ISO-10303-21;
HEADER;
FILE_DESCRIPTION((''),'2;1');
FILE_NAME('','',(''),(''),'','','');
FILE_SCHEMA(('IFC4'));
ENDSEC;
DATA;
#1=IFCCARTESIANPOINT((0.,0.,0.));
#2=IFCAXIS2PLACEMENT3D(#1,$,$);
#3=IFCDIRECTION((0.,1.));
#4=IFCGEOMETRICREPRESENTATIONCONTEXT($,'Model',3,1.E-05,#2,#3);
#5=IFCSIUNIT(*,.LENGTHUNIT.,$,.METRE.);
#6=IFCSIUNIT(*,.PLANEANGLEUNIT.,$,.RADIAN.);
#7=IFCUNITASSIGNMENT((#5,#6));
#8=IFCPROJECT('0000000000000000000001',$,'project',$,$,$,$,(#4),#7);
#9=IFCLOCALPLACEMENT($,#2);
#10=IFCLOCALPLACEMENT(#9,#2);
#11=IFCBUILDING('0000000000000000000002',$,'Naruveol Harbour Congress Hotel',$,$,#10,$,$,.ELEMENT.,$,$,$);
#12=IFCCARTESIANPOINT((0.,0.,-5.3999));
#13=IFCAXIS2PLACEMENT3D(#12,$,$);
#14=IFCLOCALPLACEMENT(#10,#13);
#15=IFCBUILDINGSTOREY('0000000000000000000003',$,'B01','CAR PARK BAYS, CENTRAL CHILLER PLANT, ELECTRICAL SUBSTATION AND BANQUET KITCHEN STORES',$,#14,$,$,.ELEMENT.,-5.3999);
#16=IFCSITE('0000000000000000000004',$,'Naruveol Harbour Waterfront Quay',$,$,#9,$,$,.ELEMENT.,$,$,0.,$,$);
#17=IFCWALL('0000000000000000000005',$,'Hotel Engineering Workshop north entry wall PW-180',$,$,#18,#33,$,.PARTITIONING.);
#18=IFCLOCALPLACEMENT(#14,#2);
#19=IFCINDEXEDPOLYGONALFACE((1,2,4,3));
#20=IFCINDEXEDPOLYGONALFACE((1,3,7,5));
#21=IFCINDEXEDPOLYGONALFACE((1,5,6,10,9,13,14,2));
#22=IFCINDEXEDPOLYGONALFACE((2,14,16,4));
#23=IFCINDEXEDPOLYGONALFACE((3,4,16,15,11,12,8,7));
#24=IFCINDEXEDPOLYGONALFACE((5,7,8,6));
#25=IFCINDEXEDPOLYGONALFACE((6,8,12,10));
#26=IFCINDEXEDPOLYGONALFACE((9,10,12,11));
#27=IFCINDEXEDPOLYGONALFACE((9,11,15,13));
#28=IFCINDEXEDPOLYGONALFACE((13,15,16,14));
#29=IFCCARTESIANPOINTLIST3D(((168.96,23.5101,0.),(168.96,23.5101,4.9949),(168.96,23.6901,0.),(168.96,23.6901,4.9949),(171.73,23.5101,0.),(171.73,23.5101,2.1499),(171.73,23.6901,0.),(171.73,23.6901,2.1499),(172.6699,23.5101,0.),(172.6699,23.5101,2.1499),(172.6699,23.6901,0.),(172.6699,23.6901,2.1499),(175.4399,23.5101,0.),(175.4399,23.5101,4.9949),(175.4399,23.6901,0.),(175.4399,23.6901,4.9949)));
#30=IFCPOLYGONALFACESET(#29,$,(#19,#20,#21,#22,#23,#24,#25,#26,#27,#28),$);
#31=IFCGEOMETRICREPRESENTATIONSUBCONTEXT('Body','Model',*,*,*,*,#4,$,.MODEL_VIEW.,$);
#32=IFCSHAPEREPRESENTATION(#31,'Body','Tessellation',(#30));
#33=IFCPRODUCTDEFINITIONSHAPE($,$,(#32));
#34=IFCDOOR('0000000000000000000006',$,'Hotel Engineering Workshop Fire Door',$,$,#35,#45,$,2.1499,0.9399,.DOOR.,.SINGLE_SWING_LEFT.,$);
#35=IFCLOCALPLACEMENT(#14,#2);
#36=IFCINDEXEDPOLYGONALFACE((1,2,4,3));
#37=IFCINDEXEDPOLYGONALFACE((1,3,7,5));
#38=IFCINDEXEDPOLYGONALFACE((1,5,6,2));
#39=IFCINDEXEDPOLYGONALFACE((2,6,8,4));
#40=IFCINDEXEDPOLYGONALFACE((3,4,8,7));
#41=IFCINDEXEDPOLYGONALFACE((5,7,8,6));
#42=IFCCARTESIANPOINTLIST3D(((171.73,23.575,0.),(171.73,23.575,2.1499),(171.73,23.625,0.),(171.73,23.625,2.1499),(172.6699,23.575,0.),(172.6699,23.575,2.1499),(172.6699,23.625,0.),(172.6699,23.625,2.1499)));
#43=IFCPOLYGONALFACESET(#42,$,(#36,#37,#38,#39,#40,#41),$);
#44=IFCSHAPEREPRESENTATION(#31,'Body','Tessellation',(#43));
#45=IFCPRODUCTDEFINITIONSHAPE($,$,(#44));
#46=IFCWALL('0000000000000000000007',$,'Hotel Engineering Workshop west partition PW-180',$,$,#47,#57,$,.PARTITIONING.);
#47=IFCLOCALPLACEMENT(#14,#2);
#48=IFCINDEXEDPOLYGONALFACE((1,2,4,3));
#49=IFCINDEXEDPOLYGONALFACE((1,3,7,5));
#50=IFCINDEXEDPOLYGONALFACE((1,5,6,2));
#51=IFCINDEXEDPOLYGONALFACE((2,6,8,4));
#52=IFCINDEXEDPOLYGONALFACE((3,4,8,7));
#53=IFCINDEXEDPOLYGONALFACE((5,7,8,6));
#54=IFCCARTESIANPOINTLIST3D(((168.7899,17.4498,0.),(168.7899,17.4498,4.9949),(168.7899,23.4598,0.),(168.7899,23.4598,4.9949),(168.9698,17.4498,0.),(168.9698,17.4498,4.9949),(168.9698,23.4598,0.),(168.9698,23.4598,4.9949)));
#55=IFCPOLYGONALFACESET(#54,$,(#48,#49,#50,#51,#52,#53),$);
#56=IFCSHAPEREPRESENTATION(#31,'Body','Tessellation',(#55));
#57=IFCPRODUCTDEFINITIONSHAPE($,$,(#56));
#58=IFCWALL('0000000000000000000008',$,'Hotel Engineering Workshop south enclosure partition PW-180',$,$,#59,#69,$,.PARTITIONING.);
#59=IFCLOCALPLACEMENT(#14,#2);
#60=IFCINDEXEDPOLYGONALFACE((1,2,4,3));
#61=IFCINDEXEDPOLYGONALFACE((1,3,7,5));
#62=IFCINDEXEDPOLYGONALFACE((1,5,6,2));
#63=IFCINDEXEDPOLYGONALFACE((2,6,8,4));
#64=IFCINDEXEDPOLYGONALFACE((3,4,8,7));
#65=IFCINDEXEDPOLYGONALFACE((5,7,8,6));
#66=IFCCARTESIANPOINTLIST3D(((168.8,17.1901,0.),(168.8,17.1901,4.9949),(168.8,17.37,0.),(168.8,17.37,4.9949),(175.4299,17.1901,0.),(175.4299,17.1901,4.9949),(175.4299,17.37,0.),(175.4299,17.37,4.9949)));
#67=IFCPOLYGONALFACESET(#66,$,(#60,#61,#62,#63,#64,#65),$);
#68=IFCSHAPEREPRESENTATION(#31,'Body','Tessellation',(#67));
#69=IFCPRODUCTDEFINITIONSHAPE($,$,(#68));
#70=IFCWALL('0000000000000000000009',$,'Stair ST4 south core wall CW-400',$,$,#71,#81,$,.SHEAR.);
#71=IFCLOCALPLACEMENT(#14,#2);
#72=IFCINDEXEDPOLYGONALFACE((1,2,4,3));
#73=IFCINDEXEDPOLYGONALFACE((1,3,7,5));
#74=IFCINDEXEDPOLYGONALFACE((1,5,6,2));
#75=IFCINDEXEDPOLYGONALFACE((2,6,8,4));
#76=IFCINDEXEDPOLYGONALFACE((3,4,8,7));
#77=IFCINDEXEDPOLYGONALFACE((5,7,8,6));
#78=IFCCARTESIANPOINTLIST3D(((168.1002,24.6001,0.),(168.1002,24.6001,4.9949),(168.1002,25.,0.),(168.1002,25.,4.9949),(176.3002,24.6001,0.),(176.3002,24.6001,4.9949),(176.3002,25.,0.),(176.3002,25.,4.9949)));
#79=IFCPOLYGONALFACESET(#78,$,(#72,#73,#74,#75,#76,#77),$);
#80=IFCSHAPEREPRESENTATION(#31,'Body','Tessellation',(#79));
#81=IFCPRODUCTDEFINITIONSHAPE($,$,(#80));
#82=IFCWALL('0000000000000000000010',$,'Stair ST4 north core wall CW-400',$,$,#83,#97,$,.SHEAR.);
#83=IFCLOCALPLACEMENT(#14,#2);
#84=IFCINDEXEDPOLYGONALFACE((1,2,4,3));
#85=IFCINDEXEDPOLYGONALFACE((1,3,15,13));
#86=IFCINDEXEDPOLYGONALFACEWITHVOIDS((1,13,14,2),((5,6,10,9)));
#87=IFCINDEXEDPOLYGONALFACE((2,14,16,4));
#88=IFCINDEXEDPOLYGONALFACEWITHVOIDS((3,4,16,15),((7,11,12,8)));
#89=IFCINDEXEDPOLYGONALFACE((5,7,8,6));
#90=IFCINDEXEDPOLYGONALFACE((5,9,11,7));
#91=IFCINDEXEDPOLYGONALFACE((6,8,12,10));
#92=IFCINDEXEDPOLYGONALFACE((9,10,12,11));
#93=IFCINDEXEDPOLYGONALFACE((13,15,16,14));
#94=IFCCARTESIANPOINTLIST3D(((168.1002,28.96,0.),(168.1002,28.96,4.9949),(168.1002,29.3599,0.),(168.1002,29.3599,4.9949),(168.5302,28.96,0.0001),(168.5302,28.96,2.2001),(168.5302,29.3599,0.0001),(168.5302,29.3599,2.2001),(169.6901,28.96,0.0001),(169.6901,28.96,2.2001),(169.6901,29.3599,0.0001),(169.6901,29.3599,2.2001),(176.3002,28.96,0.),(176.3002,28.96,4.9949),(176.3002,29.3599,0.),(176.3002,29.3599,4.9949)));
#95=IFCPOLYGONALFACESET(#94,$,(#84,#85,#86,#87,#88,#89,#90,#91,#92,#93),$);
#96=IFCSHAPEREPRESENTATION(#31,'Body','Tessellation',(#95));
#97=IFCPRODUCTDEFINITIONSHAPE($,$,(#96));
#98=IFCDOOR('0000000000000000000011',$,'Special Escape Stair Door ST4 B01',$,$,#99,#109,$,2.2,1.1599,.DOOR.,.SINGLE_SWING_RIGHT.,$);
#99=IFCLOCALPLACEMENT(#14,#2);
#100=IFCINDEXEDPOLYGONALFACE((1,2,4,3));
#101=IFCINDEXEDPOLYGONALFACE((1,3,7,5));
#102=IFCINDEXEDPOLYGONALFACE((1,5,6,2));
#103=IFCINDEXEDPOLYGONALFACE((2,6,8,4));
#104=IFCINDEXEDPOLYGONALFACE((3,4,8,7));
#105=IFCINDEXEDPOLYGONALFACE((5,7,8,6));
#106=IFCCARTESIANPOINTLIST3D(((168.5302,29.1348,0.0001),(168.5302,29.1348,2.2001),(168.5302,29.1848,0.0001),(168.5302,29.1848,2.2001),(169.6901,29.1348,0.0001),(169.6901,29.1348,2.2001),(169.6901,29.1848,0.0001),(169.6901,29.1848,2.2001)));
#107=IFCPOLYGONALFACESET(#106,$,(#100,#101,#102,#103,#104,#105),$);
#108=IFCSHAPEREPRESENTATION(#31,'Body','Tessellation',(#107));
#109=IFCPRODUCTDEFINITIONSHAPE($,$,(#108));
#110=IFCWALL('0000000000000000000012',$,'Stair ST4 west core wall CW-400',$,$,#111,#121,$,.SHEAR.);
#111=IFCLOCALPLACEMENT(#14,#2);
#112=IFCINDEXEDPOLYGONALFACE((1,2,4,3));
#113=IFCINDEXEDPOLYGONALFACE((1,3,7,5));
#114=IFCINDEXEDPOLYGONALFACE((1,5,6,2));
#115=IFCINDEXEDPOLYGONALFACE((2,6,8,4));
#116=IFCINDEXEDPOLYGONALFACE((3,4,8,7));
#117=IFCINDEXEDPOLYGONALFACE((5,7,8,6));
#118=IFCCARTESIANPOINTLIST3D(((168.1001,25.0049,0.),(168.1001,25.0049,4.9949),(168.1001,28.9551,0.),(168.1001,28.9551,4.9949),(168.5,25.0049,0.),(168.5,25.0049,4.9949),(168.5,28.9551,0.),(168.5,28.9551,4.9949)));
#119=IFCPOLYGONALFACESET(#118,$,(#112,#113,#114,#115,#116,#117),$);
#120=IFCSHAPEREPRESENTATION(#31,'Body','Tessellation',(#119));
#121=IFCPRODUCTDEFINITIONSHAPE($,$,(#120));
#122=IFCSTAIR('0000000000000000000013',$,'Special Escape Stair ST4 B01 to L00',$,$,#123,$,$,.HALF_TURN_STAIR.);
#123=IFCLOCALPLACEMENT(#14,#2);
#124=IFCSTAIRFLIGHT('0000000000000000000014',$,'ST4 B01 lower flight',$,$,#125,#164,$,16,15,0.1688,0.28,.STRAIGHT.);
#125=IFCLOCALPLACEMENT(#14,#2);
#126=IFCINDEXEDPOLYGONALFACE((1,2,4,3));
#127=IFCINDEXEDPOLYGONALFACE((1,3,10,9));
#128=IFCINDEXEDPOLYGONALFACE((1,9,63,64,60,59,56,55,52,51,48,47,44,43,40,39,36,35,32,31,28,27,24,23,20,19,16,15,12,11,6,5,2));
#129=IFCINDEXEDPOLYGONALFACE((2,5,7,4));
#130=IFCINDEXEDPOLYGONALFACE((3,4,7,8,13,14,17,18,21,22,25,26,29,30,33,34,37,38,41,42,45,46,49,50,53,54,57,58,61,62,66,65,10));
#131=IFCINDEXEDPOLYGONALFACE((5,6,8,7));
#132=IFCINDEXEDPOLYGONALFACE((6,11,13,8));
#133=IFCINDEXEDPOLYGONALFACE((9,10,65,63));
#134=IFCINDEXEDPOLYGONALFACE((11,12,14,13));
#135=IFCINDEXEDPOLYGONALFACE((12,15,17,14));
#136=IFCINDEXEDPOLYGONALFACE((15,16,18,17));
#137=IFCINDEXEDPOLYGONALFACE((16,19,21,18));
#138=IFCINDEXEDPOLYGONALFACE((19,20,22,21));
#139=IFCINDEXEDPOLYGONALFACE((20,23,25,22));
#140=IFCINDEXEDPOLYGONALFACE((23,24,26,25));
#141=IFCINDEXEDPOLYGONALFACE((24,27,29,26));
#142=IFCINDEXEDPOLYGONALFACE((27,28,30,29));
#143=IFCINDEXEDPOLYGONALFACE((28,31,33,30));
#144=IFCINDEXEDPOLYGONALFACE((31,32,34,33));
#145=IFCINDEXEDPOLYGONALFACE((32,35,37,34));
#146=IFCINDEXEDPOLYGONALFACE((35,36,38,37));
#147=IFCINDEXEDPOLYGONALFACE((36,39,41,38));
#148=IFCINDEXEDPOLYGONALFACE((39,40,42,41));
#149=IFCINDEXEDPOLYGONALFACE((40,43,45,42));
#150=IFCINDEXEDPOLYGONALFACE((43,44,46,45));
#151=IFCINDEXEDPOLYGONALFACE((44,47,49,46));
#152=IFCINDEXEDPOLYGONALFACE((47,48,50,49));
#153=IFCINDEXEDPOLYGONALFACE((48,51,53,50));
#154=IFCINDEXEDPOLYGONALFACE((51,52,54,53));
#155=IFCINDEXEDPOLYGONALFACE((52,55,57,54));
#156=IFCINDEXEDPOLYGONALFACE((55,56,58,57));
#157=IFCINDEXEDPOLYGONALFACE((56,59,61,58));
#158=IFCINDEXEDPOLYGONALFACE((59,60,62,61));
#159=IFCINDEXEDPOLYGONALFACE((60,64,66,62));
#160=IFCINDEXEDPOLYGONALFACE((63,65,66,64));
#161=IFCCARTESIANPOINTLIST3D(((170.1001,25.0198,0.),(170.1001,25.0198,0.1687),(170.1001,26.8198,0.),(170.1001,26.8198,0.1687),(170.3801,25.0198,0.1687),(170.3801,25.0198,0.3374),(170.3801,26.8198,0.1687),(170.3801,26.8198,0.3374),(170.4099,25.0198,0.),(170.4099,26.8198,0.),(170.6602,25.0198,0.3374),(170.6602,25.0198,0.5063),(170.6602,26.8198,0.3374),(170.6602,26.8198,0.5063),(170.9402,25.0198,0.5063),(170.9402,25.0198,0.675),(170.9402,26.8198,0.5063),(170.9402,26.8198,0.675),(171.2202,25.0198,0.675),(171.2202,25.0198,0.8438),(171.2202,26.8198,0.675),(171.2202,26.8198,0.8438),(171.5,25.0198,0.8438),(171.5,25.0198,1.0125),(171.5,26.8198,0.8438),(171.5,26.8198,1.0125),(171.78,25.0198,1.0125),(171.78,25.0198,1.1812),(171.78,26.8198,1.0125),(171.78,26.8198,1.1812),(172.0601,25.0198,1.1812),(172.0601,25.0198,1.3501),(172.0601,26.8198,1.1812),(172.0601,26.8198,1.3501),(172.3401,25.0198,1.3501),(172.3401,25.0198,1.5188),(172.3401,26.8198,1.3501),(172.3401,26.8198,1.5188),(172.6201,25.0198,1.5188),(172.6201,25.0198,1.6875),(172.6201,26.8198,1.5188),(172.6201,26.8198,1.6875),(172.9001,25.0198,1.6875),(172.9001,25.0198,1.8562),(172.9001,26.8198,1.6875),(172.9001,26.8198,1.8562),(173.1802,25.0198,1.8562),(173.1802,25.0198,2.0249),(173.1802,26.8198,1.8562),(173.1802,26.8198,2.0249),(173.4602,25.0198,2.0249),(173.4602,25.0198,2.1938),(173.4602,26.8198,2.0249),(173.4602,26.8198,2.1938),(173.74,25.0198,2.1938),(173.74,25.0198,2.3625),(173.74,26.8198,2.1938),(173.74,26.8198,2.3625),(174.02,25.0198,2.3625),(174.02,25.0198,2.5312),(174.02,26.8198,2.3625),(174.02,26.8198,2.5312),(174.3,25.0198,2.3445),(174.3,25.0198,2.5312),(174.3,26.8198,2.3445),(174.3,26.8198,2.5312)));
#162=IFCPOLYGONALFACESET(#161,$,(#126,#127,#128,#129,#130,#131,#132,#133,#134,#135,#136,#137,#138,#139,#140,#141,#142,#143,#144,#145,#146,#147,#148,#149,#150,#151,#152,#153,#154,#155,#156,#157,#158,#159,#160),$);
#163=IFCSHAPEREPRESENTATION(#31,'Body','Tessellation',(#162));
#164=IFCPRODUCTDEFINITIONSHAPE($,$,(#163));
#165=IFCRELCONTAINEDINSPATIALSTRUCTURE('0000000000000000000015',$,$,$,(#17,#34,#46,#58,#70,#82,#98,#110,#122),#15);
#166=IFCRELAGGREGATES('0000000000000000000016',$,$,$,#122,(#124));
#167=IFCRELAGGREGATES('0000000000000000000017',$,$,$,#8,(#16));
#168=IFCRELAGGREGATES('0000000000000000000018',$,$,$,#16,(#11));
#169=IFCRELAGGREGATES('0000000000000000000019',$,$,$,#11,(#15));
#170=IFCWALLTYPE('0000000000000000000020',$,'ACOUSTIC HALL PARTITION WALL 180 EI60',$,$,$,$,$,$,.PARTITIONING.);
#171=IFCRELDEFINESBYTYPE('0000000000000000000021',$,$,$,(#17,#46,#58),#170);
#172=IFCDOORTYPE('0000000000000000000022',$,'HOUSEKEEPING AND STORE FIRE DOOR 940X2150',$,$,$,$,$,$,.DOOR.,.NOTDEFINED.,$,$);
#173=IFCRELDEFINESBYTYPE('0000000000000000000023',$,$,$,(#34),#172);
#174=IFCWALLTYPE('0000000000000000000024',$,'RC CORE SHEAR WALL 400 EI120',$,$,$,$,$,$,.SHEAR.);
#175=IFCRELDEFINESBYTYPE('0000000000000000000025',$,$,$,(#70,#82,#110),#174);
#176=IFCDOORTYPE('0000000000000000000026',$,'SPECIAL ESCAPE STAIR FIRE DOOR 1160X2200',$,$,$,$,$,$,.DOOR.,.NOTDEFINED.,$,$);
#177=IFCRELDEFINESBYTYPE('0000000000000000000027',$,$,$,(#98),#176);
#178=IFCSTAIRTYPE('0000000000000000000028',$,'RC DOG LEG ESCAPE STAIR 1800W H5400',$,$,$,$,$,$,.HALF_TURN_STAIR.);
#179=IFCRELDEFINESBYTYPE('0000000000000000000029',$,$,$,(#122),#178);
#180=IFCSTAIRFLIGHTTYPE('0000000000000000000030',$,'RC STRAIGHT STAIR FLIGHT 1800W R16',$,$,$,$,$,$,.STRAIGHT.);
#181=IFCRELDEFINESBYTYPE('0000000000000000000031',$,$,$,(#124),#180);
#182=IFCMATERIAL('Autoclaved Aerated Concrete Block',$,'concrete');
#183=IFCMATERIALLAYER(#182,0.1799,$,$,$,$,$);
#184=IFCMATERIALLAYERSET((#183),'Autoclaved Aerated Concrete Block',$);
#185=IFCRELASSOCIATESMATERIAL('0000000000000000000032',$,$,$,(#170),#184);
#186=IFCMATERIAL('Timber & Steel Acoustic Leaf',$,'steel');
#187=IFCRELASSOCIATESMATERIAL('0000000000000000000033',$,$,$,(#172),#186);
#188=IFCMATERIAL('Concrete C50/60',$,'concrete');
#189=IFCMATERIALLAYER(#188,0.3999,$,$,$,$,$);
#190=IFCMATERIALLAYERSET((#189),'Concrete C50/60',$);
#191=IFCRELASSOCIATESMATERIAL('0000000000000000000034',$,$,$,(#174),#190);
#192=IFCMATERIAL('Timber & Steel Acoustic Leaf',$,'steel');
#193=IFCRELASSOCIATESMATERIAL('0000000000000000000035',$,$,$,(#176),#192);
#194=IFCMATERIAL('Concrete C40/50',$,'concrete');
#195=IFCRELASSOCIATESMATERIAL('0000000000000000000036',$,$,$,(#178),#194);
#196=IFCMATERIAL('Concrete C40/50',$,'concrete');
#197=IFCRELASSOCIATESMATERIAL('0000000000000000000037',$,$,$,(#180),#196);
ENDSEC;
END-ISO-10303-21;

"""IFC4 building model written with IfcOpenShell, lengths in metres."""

from ifc_helpers import new_model, si_unit, direction, frame, frame_2d, origin, place, context, subcontext, project, spatial, polyline, rectangle, outline, extrude, material, layer, layer_set, type_object, element, fill, aggregate, save


model = new_model("IFC4")

# Units and contexts
model_context = context("Model", 3, precision=1e-05, world=origin(), true_north=direction((0.0, 1.0)))
body_context = subcontext(model_context, "Body", "Model", "MODEL_VIEW")
ifc_project = project(units=[si_unit("LENGTHUNIT", "METRE"), si_unit("PLANEANGLEUNIT", "RADIAN")], contexts=[model_context])

# Site, building, storey
site_placement = place(None, origin())
site = spatial("IfcSite", under=ifc_project, at=site_placement, Name="Naruveol Harbour Waterfront Quay", CompositionType="ELEMENT", RefElevation=0.0)
building_placement = place(site_placement, origin())
building = spatial("IfcBuilding", under=site, at=building_placement, Name="Naruveol Harbour Congress Hotel", CompositionType="ELEMENT")
storey_placement = place(building_placement, frame((0.0, 0.0, -5.3999)))
storey = spatial("IfcBuildingStorey", under=building, at=storey_placement, Name="B01", Description="CAR PARK BAYS, CENTRAL CHILLER PLANT, ELECTRICAL SUBSTATION AND BANQUET KITCHEN STORES", CompositionType="ELEMENT", Elevation=-5.3999)

# Wall, opening, door
ifc_material_1 = material(Name="Autoclaved Aerated Concrete Block", Category="concrete")
ifc_layer_1 = layer(ifc_material_1, 0.1799)
ifc_layer_set_1 = layer_set([ifc_layer_1], Name="Autoclaved Aerated Concrete Block")
wall_type_1 = type_object("IfcWallType", Name="ACOUSTIC HALL PARTITION WALL 180 EI60", PredefinedType="PARTITIONING", material=ifc_layer_set_1)
wall_1_placement = place(storey_placement, frame((168.96, 23.6001, 0.0), z_axis=(0.0, 0.0, 1.0), x_axis=(1.0, 0.0, 0.0)))
wall_1 = element("IfcWall", 1, at=wall_1_placement, inside=storey, type_object=wall_type_1, Name="Hotel Engineering Workshop north entry wall PW-180", PredefinedType="PARTITIONING", context=body_context, shape_type="SweptSolid", body=[
    extrude(rectangle(XDim=6.48, YDim=0.1799, at=frame_2d((3.24, 0.0))), origin(), (0.0, 0.0, 1.0), 4.9949),
])
opening_1_placement = place(wall_1_placement, frame((2.77, 0.0, 0.0)))
opening_1 = element("IfcOpeningElement", 2, at=opening_1_placement, cuts=wall_1, PredefinedType="OPENING", context=body_context, shape_type="SweptSolid", body=[
    extrude(rectangle(XDim=0.9399, YDim=2.1499, at=frame_2d((0.47, 1.075))), frame((0.0, 0.0999, 0.0), z_axis=(0.0, -1.0, 0.0), x_axis=(1.0, 0.0, 0.0)), (0.0, 0.0, 1.0), 0.2),
])
ifc_material_2 = material(Name="Timber & Steel Acoustic Leaf", Category="steel")
door_type_1 = type_object("IfcDoorType", Name="HOUSEKEEPING AND STORE FIRE DOOR 940X2150", OperationType="NOTDEFINED", PredefinedType="DOOR", material=ifc_material_2)
door_1_placement = place(opening_1_placement, origin())
door_1 = element("IfcDoor", 3, at=door_1_placement, inside=storey, type_object=door_type_1, Name="Hotel Engineering Workshop Fire Door", OperationType="SINGLE_SWING_LEFT", OverallHeight=2.1499, OverallWidth=0.9399, PredefinedType="DOOR", context=body_context, shape_type="SweptSolid", body=[
    extrude(rectangle(XDim=0.9399, YDim=2.1499, at=frame_2d((0.47, 1.075))), frame((0.0, 0.0249, 0.0), z_axis=(0.0, -1.0, 0.0), x_axis=(1.0, 0.0, 0.0)), (0.0, 0.0, 1.0), 0.05),
])
fill(opening_1, door_1)

# Walls
wall_2_placement = place(storey_placement, frame((168.8799, 17.45, 0.0), z_axis=(0.0, 0.0, 1.0), x_axis=(0.0, 1.0, 0.0)))
element("IfcWall", 4, at=wall_2_placement, inside=storey, type_object=wall_type_1, Name="Hotel Engineering Workshop west partition PW-180", PredefinedType="PARTITIONING", context=body_context, shape_type="SweptSolid", body=[
    extrude(rectangle(XDim=6.01, YDim=0.1799, at=frame_2d((3.0049, 0.0))), origin(), (0.0, 0.0, 1.0), 4.9949),
])
wall_3_placement = place(storey_placement, frame((168.8, 17.28, 0.0), z_axis=(0.0, 0.0, 1.0), x_axis=(1.0, 0.0, 0.0)))
element("IfcWall", 5, at=wall_3_placement, inside=storey, type_object=wall_type_1, Name="Hotel Engineering Workshop south enclosure partition PW-180", PredefinedType="PARTITIONING", context=body_context, shape_type="SweptSolid", body=[
    extrude(rectangle(XDim=6.6299, YDim=0.1799, at=frame_2d((3.3149, 0.0))), origin(), (0.0, 0.0, 1.0), 4.9949),
])
ifc_material_3 = material(Name="Concrete C50/60", Category="concrete")
ifc_layer_2 = layer(ifc_material_3, 0.3999)
ifc_layer_set_2 = layer_set([ifc_layer_2], Name="Concrete C50/60")
wall_type_2 = type_object("IfcWallType", Name="RC CORE SHEAR WALL 400 EI120", PredefinedType="SHEAR", material=ifc_layer_set_2)
wall_4_placement = place(storey_placement, frame((168.1001, 24.8, 0.0), z_axis=(0.0, 0.0, 1.0), x_axis=(1.0, 0.0, 0.0)))
element("IfcWall", 6, at=wall_4_placement, inside=storey, type_object=wall_type_2, Name="Stair ST4 south core wall CW-400", PredefinedType="SHEAR", context=body_context, shape_type="SweptSolid", body=[
    extrude(rectangle(XDim=8.2, YDim=0.3999, at=frame_2d((4.1001, 0.0))), origin(), (0.0, 0.0, 1.0), 4.9949),
])

# Wall, opening, door
wall_5_placement = place(storey_placement, frame((168.1001, 29.1599, 0.0), z_axis=(0.0, 0.0, 1.0), x_axis=(1.0, 0.0, 0.0)))
wall_5 = element("IfcWall", 7, at=wall_5_placement, inside=storey, type_object=wall_type_2, Name="Stair ST4 north core wall CW-400", PredefinedType="SHEAR", context=body_context, shape_type="SweptSolid", body=[
    extrude(rectangle(XDim=8.2, YDim=0.3999, at=frame_2d((4.1001, 0.0))), origin(), (0.0, 0.0, 1.0), 4.9949),
])
opening_2_placement = place(wall_5_placement, frame((0.4299, 0.0, 0.0)))
opening_2 = element("IfcOpeningElement", 8, at=opening_2_placement, cuts=wall_5, PredefinedType="OPENING", context=body_context, shape_type="SweptSolid", body=[
    extrude(rectangle(XDim=1.1599, YDim=2.2, at=frame_2d((0.5801, 1.1001))), frame((0.0, 0.21, 0.0), z_axis=(0.0, -1.0, 0.0), x_axis=(1.0, 0.0, 0.0)), (0.0, 0.0, 1.0), 0.4199),
])
ifc_material_4 = material(Name="Timber & Steel Acoustic Leaf", Category="steel")
door_type_2 = type_object("IfcDoorType", Name="SPECIAL ESCAPE STAIR FIRE DOOR 1160X2200", OperationType="NOTDEFINED", PredefinedType="DOOR", material=ifc_material_4)
door_2_placement = place(opening_2_placement, origin())
door_2 = element("IfcDoor", 9, at=door_2_placement, inside=storey, type_object=door_type_2, Name="Special Escape Stair Door ST4 B01", OperationType="SINGLE_SWING_RIGHT", OverallHeight=2.2, OverallWidth=1.1599, PredefinedType="DOOR", context=body_context, shape_type="SweptSolid", body=[
    extrude(rectangle(XDim=1.1599, YDim=2.2, at=frame_2d((0.5801, 1.1001))), frame((0.0, 0.0249, 0.0), z_axis=(0.0, -1.0, 0.0), x_axis=(1.0, 0.0, 0.0)), (0.0, 0.0, 1.0), 0.05),
])
fill(opening_2, door_2)

# Wall
wall_6_placement = place(storey_placement, frame((168.3, 25.0049, 0.0), z_axis=(0.0, 0.0, 1.0), x_axis=(0.0, 1.0, 0.0)))
element("IfcWall", 10, at=wall_6_placement, inside=storey, type_object=wall_type_2, Name="Stair ST4 west core wall CW-400", PredefinedType="SHEAR", context=body_context, shape_type="SweptSolid", body=[
    extrude(rectangle(XDim=3.9502, YDim=0.3999, at=frame_2d((1.9751, 0.0))), origin(), (0.0, 0.0, 1.0), 4.9949),
])

# Stair, stair flight
ifc_material_5 = material(Name="Concrete C40/50", Category="concrete")
stair_type = type_object("IfcStairType", Name="RC DOG LEG ESCAPE STAIR 1800W H5400", PredefinedType="HALF_TURN_STAIR", material=ifc_material_5)
stair_placement = place(storey_placement, origin())
stair = element("IfcStair", 11, at=stair_placement, inside=storey, type_object=stair_type, Name="Special Escape Stair ST4 B01 to L00", PredefinedType="HALF_TURN_STAIR")
ifc_material_6 = material(Name="Concrete C40/50", Category="concrete")
stair_flight_type = type_object("IfcStairFlightType", Name="RC STRAIGHT STAIR FLIGHT 1800W R16", PredefinedType="STRAIGHT", material=ifc_material_6)
stair_flight_placement = place(storey_placement, frame((170.1001, 25.9199, 0.0), z_axis=(0.0, 0.0, 1.0), x_axis=(1.0, 0.0, 0.0)))
stair_flight = element("IfcStairFlight", 12, at=stair_flight_placement, type_object=stair_flight_type, Name="ST4 B01 lower flight", NumberOfRisers=16, NumberOfTreads=15, PredefinedType="STRAIGHT", RiserHeight=0.1688, TreadLength=0.28, context=body_context, shape_type="SweptSolid", body=[
    extrude(outline(polyline([(0.0, 0.0), (0.0, 0.1687), (0.28, 0.1687), (0.28, 0.3374), (0.5601, 0.3374), (0.5601, 0.5063), (0.8401, 0.5063), (0.8401, 0.675), (1.1201, 0.675), (1.1201, 0.8438), (1.3999, 0.8438), (1.3999, 1.0125), (1.6799, 1.0125), (1.6799, 1.1812), (1.96, 1.1812), (1.96, 1.3501), (2.24, 1.3501), (2.24, 1.5188), (2.52, 1.5188), (2.52, 1.6875), (2.8, 1.6875), (2.8, 1.8562), (3.0801, 1.8562), (3.0801, 2.0249), (3.3601, 2.0249), (3.3601, 2.1938), (3.6399, 2.1938), (3.6399, 2.3625), (3.9199, 2.3625), (3.9199, 2.5312), (4.2, 2.5312), (4.2, 2.7), (4.2, 2.3445), (0.3098, 0.0), (0.0, 0.0)])), frame((0.0, 0.8999, 0.0), z_axis=(0.0, -1.0, 0.0), x_axis=(1.0, 0.0, 0.0)), (0.0, 0.0, 1.0), 1.8),
])
aggregate(stair, [stair_flight])

save(model, "model.ifc")
